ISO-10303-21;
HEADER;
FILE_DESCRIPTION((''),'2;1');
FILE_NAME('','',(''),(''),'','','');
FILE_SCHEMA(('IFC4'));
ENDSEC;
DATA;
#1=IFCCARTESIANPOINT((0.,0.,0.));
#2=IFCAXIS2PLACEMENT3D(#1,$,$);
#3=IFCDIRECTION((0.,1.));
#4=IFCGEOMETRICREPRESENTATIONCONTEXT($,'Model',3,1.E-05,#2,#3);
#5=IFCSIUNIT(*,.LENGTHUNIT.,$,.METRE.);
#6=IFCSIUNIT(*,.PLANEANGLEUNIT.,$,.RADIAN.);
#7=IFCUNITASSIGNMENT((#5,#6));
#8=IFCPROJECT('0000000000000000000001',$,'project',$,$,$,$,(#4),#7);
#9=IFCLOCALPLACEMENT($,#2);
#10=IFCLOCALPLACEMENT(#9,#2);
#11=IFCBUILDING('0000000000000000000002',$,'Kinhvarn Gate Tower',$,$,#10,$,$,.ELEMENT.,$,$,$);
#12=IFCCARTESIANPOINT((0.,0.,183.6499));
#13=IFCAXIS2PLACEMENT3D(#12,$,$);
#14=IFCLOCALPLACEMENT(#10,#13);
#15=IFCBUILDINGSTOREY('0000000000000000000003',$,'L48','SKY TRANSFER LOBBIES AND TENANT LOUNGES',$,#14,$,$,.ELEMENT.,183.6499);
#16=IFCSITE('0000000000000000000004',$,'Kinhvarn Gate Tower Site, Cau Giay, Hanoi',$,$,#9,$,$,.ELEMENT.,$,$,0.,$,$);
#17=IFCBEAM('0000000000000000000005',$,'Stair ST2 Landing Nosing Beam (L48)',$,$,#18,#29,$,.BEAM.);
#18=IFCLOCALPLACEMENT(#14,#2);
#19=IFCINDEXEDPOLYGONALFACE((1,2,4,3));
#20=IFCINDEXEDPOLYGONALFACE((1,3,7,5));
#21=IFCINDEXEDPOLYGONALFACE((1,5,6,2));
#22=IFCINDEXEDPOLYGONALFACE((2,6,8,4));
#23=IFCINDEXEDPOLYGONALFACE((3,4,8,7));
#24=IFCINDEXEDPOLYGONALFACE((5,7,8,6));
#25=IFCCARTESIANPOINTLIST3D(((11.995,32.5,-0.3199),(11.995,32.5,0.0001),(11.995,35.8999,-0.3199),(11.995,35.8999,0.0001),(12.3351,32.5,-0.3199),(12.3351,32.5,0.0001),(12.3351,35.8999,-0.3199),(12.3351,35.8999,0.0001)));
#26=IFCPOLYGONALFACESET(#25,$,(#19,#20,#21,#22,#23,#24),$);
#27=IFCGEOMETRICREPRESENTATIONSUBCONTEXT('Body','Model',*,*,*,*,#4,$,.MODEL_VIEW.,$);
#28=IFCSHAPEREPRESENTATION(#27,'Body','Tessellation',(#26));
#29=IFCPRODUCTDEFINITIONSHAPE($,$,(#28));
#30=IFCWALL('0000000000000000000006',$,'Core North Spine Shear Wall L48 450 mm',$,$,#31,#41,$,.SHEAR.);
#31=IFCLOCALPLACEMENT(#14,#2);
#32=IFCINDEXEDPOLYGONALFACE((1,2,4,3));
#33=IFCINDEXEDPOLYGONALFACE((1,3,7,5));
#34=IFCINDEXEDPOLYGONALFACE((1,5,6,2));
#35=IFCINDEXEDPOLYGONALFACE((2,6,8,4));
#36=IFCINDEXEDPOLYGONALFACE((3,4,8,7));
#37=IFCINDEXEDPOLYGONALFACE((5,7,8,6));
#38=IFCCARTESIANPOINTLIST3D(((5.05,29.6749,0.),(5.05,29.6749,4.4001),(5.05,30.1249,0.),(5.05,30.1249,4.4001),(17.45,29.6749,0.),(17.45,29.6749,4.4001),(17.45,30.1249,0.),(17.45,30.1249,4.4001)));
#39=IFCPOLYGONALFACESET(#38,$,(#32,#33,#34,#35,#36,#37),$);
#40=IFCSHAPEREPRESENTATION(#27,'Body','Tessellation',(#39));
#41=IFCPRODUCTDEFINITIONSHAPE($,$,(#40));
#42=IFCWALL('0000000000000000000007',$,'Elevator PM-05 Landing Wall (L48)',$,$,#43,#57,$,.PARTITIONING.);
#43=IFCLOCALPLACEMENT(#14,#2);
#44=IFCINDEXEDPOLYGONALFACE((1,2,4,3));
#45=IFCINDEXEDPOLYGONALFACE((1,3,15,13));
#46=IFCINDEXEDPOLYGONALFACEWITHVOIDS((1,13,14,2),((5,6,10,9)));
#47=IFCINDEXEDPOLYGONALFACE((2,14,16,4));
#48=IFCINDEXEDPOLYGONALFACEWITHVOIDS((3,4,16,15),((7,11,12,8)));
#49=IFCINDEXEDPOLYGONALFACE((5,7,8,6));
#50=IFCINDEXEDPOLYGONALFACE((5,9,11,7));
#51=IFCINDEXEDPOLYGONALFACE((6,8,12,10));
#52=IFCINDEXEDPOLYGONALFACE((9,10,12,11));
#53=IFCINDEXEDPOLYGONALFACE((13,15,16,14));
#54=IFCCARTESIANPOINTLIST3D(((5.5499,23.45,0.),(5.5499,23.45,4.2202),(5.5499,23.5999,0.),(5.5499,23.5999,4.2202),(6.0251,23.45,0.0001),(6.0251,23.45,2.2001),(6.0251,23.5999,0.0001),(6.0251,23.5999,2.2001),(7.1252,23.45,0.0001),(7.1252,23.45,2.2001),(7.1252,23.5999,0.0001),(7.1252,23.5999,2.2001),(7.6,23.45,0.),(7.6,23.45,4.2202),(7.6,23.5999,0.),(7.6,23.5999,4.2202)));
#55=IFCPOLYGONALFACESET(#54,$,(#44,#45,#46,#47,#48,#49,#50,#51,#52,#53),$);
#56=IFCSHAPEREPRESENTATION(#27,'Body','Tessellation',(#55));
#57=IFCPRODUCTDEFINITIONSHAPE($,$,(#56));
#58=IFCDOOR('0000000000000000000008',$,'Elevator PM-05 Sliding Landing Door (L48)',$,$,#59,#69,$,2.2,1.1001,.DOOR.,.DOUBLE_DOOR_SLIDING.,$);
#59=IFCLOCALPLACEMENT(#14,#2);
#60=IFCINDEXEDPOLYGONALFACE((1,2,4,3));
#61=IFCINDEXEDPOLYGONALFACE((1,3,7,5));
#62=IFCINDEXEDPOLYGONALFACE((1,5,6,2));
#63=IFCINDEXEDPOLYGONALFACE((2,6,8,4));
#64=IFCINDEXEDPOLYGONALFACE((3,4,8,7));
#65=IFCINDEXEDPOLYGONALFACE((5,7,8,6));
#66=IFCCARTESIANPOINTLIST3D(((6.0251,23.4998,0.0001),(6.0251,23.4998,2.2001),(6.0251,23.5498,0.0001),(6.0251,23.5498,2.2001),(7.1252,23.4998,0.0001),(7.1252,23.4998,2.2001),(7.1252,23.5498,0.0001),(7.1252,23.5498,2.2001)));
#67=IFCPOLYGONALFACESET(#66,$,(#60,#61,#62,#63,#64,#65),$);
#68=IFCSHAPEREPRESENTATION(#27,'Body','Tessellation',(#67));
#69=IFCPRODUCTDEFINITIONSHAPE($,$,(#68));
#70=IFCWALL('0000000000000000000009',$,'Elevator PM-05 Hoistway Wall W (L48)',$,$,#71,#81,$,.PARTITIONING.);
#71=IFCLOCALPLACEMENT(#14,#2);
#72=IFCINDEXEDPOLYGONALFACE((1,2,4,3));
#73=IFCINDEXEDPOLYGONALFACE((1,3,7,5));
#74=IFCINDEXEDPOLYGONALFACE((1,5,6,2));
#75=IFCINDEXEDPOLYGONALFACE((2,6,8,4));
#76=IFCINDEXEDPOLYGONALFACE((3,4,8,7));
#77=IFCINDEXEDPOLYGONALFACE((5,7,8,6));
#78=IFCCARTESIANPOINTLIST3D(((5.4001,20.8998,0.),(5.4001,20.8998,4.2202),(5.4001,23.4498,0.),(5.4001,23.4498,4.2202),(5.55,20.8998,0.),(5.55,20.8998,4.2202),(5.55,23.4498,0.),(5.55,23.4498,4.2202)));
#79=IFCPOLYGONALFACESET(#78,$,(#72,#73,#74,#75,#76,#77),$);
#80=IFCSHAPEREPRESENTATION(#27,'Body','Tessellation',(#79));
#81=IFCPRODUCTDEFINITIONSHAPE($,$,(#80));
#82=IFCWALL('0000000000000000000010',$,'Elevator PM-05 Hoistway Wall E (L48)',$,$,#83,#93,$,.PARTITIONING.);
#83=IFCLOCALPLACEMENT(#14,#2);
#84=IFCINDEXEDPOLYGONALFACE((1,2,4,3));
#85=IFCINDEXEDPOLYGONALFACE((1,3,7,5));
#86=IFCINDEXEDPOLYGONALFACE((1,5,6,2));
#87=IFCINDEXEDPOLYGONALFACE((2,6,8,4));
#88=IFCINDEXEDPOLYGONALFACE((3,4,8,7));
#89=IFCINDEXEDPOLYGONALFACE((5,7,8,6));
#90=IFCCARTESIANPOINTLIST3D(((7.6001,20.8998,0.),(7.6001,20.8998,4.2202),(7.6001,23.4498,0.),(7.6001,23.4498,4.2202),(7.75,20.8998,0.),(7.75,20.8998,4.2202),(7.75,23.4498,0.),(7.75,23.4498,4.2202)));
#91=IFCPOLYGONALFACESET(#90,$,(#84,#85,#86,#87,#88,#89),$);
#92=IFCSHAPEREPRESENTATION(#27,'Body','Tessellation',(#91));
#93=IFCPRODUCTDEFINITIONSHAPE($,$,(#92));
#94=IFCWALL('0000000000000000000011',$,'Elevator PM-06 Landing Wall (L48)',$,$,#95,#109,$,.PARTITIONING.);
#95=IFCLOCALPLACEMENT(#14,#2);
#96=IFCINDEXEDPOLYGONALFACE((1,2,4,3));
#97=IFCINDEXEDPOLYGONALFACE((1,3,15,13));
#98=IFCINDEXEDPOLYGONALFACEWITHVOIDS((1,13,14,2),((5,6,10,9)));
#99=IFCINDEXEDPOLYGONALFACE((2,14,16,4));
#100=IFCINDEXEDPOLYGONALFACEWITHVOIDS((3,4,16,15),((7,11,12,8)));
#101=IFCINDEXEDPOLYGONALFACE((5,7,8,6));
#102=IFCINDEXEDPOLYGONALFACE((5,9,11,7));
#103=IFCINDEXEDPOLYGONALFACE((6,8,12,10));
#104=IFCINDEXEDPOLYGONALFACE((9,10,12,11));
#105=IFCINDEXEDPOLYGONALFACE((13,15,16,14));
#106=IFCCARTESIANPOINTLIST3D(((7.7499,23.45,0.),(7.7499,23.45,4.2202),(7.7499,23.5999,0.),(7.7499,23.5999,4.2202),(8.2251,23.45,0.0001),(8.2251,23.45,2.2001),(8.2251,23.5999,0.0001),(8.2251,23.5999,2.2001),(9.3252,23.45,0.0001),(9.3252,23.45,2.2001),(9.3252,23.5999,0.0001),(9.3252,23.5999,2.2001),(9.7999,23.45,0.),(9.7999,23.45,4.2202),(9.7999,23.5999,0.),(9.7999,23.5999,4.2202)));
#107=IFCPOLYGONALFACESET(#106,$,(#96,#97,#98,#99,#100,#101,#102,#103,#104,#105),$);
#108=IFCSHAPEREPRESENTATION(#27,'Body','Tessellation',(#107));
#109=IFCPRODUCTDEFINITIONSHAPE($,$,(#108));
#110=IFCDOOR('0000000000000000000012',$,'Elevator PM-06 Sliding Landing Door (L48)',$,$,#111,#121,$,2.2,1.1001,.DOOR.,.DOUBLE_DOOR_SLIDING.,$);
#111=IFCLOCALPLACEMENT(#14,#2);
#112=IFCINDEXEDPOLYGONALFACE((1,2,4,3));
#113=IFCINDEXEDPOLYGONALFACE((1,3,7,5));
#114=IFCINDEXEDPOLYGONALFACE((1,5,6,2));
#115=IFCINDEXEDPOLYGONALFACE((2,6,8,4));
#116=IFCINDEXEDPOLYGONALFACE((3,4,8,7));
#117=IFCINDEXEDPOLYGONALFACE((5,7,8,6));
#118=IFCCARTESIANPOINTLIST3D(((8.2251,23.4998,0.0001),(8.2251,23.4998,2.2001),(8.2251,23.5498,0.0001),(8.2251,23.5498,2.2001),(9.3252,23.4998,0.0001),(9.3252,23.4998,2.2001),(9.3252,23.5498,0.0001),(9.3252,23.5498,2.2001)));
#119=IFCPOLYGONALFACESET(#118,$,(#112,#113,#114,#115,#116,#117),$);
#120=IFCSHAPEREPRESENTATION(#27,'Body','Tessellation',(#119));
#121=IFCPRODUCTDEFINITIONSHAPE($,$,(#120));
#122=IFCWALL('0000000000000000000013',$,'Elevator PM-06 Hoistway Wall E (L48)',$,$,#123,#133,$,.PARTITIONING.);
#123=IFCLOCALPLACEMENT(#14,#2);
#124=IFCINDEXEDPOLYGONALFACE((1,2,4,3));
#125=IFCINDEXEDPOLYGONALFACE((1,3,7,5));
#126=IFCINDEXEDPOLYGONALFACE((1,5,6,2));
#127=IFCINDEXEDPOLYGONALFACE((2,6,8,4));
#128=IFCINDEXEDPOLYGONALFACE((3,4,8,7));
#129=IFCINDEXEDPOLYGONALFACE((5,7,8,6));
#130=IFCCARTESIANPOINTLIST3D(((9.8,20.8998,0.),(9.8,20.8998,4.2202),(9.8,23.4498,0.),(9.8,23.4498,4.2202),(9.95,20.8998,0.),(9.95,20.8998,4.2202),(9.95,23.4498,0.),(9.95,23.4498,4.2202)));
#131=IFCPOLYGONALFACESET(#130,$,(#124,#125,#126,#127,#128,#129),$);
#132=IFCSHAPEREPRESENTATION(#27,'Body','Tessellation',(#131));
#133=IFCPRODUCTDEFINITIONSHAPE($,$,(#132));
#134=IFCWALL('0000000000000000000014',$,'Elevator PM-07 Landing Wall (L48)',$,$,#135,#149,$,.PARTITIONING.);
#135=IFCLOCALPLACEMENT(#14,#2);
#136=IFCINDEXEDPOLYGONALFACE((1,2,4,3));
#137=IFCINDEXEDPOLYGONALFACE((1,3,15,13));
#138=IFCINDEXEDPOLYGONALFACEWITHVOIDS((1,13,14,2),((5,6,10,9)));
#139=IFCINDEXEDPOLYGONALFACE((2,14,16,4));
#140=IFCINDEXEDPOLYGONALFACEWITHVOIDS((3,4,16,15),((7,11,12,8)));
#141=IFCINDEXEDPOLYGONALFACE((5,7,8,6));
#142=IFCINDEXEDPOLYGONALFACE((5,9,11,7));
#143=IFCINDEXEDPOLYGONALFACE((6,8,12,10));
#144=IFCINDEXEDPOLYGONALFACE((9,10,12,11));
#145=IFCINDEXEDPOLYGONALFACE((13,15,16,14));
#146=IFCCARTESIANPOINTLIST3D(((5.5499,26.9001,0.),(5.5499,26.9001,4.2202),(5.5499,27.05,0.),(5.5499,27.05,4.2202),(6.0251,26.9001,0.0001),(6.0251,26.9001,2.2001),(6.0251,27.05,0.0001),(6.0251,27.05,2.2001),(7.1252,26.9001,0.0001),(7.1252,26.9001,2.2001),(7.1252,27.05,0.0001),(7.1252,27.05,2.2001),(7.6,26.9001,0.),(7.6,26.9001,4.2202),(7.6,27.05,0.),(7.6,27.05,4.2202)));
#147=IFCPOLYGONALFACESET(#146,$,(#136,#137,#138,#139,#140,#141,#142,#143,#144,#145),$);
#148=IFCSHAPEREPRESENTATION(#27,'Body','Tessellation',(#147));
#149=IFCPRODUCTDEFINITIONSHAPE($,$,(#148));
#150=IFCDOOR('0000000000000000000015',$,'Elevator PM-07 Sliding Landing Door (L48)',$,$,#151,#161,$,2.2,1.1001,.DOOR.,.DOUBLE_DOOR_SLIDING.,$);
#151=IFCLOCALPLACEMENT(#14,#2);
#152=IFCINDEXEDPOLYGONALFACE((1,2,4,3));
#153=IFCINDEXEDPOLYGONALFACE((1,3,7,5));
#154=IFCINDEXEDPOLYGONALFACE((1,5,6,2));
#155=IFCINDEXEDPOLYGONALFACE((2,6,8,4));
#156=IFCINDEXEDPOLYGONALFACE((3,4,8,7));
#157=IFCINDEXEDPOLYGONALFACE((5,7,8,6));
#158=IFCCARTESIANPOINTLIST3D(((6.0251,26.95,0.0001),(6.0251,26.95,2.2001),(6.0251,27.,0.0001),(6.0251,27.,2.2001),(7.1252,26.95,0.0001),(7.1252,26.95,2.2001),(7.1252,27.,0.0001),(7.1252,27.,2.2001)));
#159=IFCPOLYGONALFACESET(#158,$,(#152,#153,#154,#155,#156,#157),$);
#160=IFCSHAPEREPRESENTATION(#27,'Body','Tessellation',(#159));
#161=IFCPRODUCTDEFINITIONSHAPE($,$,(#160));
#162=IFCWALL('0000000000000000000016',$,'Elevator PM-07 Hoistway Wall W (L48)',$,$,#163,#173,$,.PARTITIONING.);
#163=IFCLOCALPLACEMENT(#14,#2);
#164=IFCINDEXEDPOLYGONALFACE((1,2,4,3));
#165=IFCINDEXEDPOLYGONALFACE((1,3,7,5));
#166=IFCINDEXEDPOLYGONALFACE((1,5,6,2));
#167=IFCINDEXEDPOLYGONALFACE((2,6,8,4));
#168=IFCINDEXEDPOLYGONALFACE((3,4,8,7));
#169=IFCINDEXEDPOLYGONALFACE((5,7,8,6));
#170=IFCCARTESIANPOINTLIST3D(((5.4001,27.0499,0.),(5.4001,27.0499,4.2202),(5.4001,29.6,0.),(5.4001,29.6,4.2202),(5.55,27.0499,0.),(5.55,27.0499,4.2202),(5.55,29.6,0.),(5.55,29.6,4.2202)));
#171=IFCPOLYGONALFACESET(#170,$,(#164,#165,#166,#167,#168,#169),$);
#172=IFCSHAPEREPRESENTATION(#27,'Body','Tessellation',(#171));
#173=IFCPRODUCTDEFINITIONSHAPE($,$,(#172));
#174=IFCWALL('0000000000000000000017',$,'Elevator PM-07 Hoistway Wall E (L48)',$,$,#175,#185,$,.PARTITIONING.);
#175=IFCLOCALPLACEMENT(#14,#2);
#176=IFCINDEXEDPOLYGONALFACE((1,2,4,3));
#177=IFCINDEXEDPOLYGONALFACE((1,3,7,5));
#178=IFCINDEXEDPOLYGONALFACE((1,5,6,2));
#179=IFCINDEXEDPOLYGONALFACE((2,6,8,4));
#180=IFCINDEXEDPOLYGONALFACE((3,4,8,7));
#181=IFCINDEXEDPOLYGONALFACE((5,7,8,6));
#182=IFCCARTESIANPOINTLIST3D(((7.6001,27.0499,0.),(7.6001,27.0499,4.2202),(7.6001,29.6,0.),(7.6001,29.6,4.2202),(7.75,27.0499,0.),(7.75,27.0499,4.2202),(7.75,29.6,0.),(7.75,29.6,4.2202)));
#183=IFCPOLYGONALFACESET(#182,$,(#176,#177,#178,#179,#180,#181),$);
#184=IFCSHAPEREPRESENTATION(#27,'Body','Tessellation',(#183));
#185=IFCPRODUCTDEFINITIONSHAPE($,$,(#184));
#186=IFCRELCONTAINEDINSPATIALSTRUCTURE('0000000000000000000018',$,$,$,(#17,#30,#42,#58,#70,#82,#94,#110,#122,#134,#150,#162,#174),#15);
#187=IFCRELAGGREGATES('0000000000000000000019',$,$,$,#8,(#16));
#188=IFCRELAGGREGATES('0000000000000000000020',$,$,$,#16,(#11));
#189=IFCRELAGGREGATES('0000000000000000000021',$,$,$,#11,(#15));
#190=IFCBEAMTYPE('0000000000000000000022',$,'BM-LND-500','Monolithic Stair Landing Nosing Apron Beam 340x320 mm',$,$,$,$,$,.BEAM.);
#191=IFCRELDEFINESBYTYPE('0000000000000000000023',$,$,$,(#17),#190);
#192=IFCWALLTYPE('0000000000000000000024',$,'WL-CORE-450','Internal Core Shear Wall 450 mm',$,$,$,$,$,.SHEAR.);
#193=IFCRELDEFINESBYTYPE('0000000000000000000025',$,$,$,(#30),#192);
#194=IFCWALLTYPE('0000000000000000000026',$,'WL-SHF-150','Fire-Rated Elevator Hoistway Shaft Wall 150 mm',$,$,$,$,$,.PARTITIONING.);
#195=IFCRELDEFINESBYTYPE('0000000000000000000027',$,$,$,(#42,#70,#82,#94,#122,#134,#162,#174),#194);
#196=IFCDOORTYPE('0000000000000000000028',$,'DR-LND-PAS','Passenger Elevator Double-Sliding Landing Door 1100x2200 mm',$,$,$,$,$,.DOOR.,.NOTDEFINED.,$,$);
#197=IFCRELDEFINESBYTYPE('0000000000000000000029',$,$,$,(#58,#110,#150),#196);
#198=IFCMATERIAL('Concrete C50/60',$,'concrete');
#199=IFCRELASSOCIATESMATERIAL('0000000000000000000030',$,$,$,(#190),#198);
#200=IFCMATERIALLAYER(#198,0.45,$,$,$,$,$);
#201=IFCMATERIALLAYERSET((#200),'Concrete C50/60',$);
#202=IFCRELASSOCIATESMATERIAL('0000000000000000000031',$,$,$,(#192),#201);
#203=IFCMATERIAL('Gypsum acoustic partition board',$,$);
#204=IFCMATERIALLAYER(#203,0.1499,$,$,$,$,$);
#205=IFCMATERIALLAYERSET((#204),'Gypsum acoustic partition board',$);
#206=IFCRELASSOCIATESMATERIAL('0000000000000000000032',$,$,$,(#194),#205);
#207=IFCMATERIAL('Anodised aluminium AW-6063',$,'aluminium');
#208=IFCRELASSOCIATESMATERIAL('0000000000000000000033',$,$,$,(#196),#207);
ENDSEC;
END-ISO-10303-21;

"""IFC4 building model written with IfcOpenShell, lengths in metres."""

from ifc_helpers import new_model, si_unit, direction, frame, frame_2d, origin, origin_2d, place, context, subcontext, project, spatial, rectangle, extrude, material, layer, layer_set, material_profile, profile_set, type_object, element, fill, save


model = new_model("IFC4")

# Units and contexts
model_context = context("Model", 3, precision=1e-05, world=origin(), true_north=direction((0.0, 1.0)))
body_context = subcontext(model_context, "Body", "Model", "MODEL_VIEW")
ifc_project = project(units=[si_unit("LENGTHUNIT", "METRE"), si_unit("PLANEANGLEUNIT", "RADIAN")], contexts=[model_context])

# Site, building, storey
site_placement = place(None, origin())
site = spatial("IfcSite", under=ifc_project, at=site_placement, Name="Kinhvarn Gate Tower Site, Cau Giay, Hanoi", CompositionType="ELEMENT", RefElevation=0.0)
building_placement = place(site_placement, origin())
building = spatial("IfcBuilding", under=site, at=building_placement, Name="Kinhvarn Gate Tower", CompositionType="ELEMENT")
storey_placement = place(building_placement, frame((0.0, 0.0, 183.6499)))
storey = spatial("IfcBuildingStorey", under=building, at=storey_placement, Name="L48", Description="SKY TRANSFER LOBBIES AND TENANT LOUNGES", CompositionType="ELEMENT", Elevation=183.6499)

# Beam
ifc_material_1 = material(Name="Concrete C50/60", Category="concrete")
ifc_material_profile = material_profile(ifc_material_1, rectangle(XDim=0.3401, YDim=0.3201, at=origin_2d()), Name="RC 340x320")
ifc_profile_set = profile_set([ifc_material_profile], Name="Concrete C50/60")
beam_type = type_object("IfcBeamType", Name="BM-LND-500", Description="Monolithic Stair Landing Nosing Apron Beam 340x320 mm", PredefinedType="BEAM", material=ifc_profile_set)
beam_placement = place(storey_placement, frame((12.165, 32.5, -0.1599), z_axis=(0.0, 1.0, 0.0), x_axis=(-1.0, 0.0, 0.0)))
element("IfcBeam", 1, at=beam_placement, inside=storey, type_object=beam_type, Name="Stair ST2 Landing Nosing Beam (L48)", PredefinedType="BEAM", context=body_context, shape_type="SweptSolid", body=[
    extrude(rectangle(XDim=0.3401, YDim=0.3201, at=origin_2d()), origin(), (0.0, 0.0, 1.0), 3.3999),
])

# Wall
ifc_layer_1 = layer(ifc_material_1, 0.45)
ifc_layer_set_1 = layer_set([ifc_layer_1], Name="Concrete C50/60")
wall_type_1 = type_object("IfcWallType", Name="WL-CORE-450", Description="Internal Core Shear Wall 450 mm", PredefinedType="SHEAR", material=ifc_layer_set_1)
wall_1_placement = place(storey_placement, frame((5.05, 29.8999, 0.0), z_axis=(0.0, 0.0, 1.0), x_axis=(1.0, 0.0, 0.0)))
element("IfcWall", 2, at=wall_1_placement, inside=storey, type_object=wall_type_1, Name="Core North Spine Shear Wall L48 450 mm", PredefinedType="SHEAR", context=body_context, shape_type="SweptSolid", body=[
    extrude(rectangle(XDim=12.3999, YDim=0.45, at=frame_2d((6.2, 0.0))), origin(), (0.0, 0.0, 1.0), 4.4001),
])

# Wall, opening, door
ifc_material_2 = material(Name="Gypsum acoustic partition board")
ifc_layer_2 = layer(ifc_material_2, 0.1499)
ifc_layer_set_2 = layer_set([ifc_layer_2], Name="Gypsum acoustic partition board")
wall_type_2 = type_object("IfcWallType", Name="WL-SHF-150", Description="Fire-Rated Elevator Hoistway Shaft Wall 150 mm", PredefinedType="PARTITIONING", material=ifc_layer_set_2)
wall_2_placement = place(storey_placement, frame((5.55, 23.5249, 0.0), z_axis=(0.0, 0.0, 1.0), x_axis=(1.0, 0.0, 0.0)))
wall_2 = element("IfcWall", 3, at=wall_2_placement, inside=storey, type_object=wall_type_2, Name="Elevator PM-05 Landing Wall (L48)", PredefinedType="PARTITIONING", context=body_context, shape_type="SweptSolid", body=[
    extrude(rectangle(XDim=2.05, YDim=0.1499, at=frame_2d((1.0249, 0.0))), origin(), (0.0, 0.0, 1.0), 4.2202),
])
opening_1_placement = place(wall_2_placement, frame((0.4751, 0.0, 0.0)))
opening_1 = element("IfcOpeningElement", 4, at=opening_1_placement, cuts=wall_2, PredefinedType="OPENING", context=body_context, shape_type="SweptSolid", body=[
    extrude(rectangle(XDim=1.1001, YDim=2.2, at=frame_2d((0.55, 1.1001))), frame((0.0, 0.085, 0.0), z_axis=(0.0, -1.0, 0.0), x_axis=(1.0, 0.0, 0.0)), (0.0, 0.0, 1.0), 0.1699),
])
ifc_material_3 = material(Name="Anodised aluminium AW-6063", Category="aluminium")
door_type = type_object("IfcDoorType", Name="DR-LND-PAS", Description="Passenger Elevator Double-Sliding Landing Door 1100x2200 mm", OperationType="NOTDEFINED", PredefinedType="DOOR", material=ifc_material_3)
door_1_placement = place(opening_1_placement, origin())
door_1 = element("IfcDoor", 5, at=door_1_placement, inside=storey, type_object=door_type, Name="Elevator PM-05 Sliding Landing Door (L48)", OperationType="DOUBLE_DOOR_SLIDING", OverallHeight=2.2, OverallWidth=1.1001, PredefinedType="DOOR", context=body_context, shape_type="SweptSolid", body=[
    extrude(rectangle(XDim=1.1001, YDim=2.2, at=frame_2d((0.55, 1.1001))), frame((0.0, 0.0249, 0.0), z_axis=(0.0, -1.0, 0.0), x_axis=(1.0, 0.0, 0.0)), (0.0, 0.0, 1.0), 0.05),
])
fill(opening_1, door_1)

# Walls
for number, where, z_axis, x_axis, name in (
    (6, (5.4751, 20.8999, 0.0), (0.0, 0.0, 1.0), (0.0, 1.0, 0.0), "Elevator PM-05 Hoistway Wall W (L48)"),
    (7, (7.675, 20.8999, 0.0), (0.0, 0.0, 1.0), (0.0, 1.0, 0.0), "Elevator PM-05 Hoistway Wall E (L48)"),
):
    element("IfcWall", number, at=place(storey_placement, frame(where, z_axis=z_axis, x_axis=x_axis)), inside=storey, type_object=wall_type_2, Name=name, PredefinedType="PARTITIONING", context=body_context, shape_type="SweptSolid", body=[
        extrude(rectangle(XDim=2.55, YDim=0.1499, at=frame_2d((1.2749, 0.0))), origin(), (0.0, 0.0, 1.0), 4.2202),
    ])

# Wall, opening, door
wall_3_placement = place(storey_placement, frame((7.75, 23.5249, 0.0), z_axis=(0.0, 0.0, 1.0), x_axis=(1.0, 0.0, 0.0)))
wall_3 = element("IfcWall", 8, at=wall_3_placement, inside=storey, type_object=wall_type_2, Name="Elevator PM-06 Landing Wall (L48)", PredefinedType="PARTITIONING", context=body_context, shape_type="SweptSolid", body=[
    extrude(rectangle(XDim=2.05, YDim=0.1499, at=frame_2d((1.0249, 0.0))), origin(), (0.0, 0.0, 1.0), 4.2202),
])
opening_2_placement = place(wall_3_placement, frame((0.4751, 0.0, 0.0)))
opening_2 = element("IfcOpeningElement", 9, at=opening_2_placement, cuts=wall_3, PredefinedType="OPENING", context=body_context, shape_type="SweptSolid", body=[
    extrude(rectangle(XDim=1.1001, YDim=2.2, at=frame_2d((0.55, 1.1001))), frame((0.0, 0.085, 0.0), z_axis=(0.0, -1.0, 0.0), x_axis=(1.0, 0.0, 0.0)), (0.0, 0.0, 1.0), 0.1699),
])
door_2_placement = place(opening_2_placement, origin())
door_2 = element("IfcDoor", 10, at=door_2_placement, inside=storey, type_object=door_type, Name="Elevator PM-06 Sliding Landing Door (L48)", OperationType="DOUBLE_DOOR_SLIDING", OverallHeight=2.2, OverallWidth=1.1001, PredefinedType="DOOR", context=body_context, shape_type="SweptSolid", body=[
    extrude(rectangle(XDim=1.1001, YDim=2.2, at=frame_2d((0.55, 1.1001))), frame((0.0, 0.0249, 0.0), z_axis=(0.0, -1.0, 0.0), x_axis=(1.0, 0.0, 0.0)), (0.0, 0.0, 1.0), 0.05),
])
fill(opening_2, door_2)

# Wall
wall_4_placement = place(storey_placement, frame((9.875, 20.8999, 0.0), z_axis=(0.0, 0.0, 1.0), x_axis=(0.0, 1.0, 0.0)))
element("IfcWall", 11, at=wall_4_placement, inside=storey, type_object=wall_type_2, Name="Elevator PM-06 Hoistway Wall E (L48)", PredefinedType="PARTITIONING", context=body_context, shape_type="SweptSolid", body=[
    extrude(rectangle(XDim=2.55, YDim=0.1499, at=frame_2d((1.2749, 0.0))), origin(), (0.0, 0.0, 1.0), 4.2202),
])

# Wall, opening, door
wall_5_placement = place(storey_placement, frame((5.55, 26.9751, 0.0), z_axis=(0.0, 0.0, 1.0), x_axis=(1.0, 0.0, 0.0)))
wall_5 = element("IfcWall", 12, at=wall_5_placement, inside=storey, type_object=wall_type_2, Name="Elevator PM-07 Landing Wall (L48)", PredefinedType="PARTITIONING", context=body_context, shape_type="SweptSolid", body=[
    extrude(rectangle(XDim=2.05, YDim=0.1499, at=frame_2d((1.0249, 0.0))), origin(), (0.0, 0.0, 1.0), 4.2202),
])
opening_3_placement = place(wall_5_placement, frame((0.4751, 0.0, 0.0)))
opening_3 = element("IfcOpeningElement", 13, at=opening_3_placement, cuts=wall_5, PredefinedType="OPENING", context=body_context, shape_type="SweptSolid", body=[
    extrude(rectangle(XDim=1.1001, YDim=2.2, at=frame_2d((0.55, 1.1001))), frame((0.0, 0.085, 0.0), z_axis=(0.0, -1.0, 0.0), x_axis=(1.0, 0.0, 0.0)), (0.0, 0.0, 1.0), 0.1699),
])
door_3_placement = place(opening_3_placement, origin())
door_3 = element("IfcDoor", 14, at=door_3_placement, inside=storey, type_object=door_type, Name="Elevator PM-07 Sliding Landing Door (L48)", OperationType="DOUBLE_DOOR_SLIDING", OverallHeight=2.2, OverallWidth=1.1001, PredefinedType="DOOR", context=body_context, shape_type="SweptSolid", body=[
    extrude(rectangle(XDim=1.1001, YDim=2.2, at=frame_2d((0.55, 1.1001))), frame((0.0, 0.0249, 0.0), z_axis=(0.0, -1.0, 0.0), x_axis=(1.0, 0.0, 0.0)), (0.0, 0.0, 1.0), 0.05),
])
fill(opening_3, door_3)

# Walls
for number, where, z_axis, x_axis, name in (
    (15, (5.4751, 27.05, 0.0), (0.0, 0.0, 1.0), (0.0, 1.0, 0.0), "Elevator PM-07 Hoistway Wall W (L48)"),
    (16, (7.675, 27.05, 0.0), (0.0, 0.0, 1.0), (0.0, 1.0, 0.0), "Elevator PM-07 Hoistway Wall E (L48)"),
):
    element("IfcWall", number, at=place(storey_placement, frame(where, z_axis=z_axis, x_axis=x_axis)), inside=storey, type_object=wall_type_2, Name=name, PredefinedType="PARTITIONING", context=body_context, shape_type="SweptSolid", body=[
        extrude(rectangle(XDim=2.55, YDim=0.1499, at=frame_2d((1.2749, 0.0))), origin(), (0.0, 0.0, 1.0), 4.2202),
    ])

save(model, "model.ifc")
